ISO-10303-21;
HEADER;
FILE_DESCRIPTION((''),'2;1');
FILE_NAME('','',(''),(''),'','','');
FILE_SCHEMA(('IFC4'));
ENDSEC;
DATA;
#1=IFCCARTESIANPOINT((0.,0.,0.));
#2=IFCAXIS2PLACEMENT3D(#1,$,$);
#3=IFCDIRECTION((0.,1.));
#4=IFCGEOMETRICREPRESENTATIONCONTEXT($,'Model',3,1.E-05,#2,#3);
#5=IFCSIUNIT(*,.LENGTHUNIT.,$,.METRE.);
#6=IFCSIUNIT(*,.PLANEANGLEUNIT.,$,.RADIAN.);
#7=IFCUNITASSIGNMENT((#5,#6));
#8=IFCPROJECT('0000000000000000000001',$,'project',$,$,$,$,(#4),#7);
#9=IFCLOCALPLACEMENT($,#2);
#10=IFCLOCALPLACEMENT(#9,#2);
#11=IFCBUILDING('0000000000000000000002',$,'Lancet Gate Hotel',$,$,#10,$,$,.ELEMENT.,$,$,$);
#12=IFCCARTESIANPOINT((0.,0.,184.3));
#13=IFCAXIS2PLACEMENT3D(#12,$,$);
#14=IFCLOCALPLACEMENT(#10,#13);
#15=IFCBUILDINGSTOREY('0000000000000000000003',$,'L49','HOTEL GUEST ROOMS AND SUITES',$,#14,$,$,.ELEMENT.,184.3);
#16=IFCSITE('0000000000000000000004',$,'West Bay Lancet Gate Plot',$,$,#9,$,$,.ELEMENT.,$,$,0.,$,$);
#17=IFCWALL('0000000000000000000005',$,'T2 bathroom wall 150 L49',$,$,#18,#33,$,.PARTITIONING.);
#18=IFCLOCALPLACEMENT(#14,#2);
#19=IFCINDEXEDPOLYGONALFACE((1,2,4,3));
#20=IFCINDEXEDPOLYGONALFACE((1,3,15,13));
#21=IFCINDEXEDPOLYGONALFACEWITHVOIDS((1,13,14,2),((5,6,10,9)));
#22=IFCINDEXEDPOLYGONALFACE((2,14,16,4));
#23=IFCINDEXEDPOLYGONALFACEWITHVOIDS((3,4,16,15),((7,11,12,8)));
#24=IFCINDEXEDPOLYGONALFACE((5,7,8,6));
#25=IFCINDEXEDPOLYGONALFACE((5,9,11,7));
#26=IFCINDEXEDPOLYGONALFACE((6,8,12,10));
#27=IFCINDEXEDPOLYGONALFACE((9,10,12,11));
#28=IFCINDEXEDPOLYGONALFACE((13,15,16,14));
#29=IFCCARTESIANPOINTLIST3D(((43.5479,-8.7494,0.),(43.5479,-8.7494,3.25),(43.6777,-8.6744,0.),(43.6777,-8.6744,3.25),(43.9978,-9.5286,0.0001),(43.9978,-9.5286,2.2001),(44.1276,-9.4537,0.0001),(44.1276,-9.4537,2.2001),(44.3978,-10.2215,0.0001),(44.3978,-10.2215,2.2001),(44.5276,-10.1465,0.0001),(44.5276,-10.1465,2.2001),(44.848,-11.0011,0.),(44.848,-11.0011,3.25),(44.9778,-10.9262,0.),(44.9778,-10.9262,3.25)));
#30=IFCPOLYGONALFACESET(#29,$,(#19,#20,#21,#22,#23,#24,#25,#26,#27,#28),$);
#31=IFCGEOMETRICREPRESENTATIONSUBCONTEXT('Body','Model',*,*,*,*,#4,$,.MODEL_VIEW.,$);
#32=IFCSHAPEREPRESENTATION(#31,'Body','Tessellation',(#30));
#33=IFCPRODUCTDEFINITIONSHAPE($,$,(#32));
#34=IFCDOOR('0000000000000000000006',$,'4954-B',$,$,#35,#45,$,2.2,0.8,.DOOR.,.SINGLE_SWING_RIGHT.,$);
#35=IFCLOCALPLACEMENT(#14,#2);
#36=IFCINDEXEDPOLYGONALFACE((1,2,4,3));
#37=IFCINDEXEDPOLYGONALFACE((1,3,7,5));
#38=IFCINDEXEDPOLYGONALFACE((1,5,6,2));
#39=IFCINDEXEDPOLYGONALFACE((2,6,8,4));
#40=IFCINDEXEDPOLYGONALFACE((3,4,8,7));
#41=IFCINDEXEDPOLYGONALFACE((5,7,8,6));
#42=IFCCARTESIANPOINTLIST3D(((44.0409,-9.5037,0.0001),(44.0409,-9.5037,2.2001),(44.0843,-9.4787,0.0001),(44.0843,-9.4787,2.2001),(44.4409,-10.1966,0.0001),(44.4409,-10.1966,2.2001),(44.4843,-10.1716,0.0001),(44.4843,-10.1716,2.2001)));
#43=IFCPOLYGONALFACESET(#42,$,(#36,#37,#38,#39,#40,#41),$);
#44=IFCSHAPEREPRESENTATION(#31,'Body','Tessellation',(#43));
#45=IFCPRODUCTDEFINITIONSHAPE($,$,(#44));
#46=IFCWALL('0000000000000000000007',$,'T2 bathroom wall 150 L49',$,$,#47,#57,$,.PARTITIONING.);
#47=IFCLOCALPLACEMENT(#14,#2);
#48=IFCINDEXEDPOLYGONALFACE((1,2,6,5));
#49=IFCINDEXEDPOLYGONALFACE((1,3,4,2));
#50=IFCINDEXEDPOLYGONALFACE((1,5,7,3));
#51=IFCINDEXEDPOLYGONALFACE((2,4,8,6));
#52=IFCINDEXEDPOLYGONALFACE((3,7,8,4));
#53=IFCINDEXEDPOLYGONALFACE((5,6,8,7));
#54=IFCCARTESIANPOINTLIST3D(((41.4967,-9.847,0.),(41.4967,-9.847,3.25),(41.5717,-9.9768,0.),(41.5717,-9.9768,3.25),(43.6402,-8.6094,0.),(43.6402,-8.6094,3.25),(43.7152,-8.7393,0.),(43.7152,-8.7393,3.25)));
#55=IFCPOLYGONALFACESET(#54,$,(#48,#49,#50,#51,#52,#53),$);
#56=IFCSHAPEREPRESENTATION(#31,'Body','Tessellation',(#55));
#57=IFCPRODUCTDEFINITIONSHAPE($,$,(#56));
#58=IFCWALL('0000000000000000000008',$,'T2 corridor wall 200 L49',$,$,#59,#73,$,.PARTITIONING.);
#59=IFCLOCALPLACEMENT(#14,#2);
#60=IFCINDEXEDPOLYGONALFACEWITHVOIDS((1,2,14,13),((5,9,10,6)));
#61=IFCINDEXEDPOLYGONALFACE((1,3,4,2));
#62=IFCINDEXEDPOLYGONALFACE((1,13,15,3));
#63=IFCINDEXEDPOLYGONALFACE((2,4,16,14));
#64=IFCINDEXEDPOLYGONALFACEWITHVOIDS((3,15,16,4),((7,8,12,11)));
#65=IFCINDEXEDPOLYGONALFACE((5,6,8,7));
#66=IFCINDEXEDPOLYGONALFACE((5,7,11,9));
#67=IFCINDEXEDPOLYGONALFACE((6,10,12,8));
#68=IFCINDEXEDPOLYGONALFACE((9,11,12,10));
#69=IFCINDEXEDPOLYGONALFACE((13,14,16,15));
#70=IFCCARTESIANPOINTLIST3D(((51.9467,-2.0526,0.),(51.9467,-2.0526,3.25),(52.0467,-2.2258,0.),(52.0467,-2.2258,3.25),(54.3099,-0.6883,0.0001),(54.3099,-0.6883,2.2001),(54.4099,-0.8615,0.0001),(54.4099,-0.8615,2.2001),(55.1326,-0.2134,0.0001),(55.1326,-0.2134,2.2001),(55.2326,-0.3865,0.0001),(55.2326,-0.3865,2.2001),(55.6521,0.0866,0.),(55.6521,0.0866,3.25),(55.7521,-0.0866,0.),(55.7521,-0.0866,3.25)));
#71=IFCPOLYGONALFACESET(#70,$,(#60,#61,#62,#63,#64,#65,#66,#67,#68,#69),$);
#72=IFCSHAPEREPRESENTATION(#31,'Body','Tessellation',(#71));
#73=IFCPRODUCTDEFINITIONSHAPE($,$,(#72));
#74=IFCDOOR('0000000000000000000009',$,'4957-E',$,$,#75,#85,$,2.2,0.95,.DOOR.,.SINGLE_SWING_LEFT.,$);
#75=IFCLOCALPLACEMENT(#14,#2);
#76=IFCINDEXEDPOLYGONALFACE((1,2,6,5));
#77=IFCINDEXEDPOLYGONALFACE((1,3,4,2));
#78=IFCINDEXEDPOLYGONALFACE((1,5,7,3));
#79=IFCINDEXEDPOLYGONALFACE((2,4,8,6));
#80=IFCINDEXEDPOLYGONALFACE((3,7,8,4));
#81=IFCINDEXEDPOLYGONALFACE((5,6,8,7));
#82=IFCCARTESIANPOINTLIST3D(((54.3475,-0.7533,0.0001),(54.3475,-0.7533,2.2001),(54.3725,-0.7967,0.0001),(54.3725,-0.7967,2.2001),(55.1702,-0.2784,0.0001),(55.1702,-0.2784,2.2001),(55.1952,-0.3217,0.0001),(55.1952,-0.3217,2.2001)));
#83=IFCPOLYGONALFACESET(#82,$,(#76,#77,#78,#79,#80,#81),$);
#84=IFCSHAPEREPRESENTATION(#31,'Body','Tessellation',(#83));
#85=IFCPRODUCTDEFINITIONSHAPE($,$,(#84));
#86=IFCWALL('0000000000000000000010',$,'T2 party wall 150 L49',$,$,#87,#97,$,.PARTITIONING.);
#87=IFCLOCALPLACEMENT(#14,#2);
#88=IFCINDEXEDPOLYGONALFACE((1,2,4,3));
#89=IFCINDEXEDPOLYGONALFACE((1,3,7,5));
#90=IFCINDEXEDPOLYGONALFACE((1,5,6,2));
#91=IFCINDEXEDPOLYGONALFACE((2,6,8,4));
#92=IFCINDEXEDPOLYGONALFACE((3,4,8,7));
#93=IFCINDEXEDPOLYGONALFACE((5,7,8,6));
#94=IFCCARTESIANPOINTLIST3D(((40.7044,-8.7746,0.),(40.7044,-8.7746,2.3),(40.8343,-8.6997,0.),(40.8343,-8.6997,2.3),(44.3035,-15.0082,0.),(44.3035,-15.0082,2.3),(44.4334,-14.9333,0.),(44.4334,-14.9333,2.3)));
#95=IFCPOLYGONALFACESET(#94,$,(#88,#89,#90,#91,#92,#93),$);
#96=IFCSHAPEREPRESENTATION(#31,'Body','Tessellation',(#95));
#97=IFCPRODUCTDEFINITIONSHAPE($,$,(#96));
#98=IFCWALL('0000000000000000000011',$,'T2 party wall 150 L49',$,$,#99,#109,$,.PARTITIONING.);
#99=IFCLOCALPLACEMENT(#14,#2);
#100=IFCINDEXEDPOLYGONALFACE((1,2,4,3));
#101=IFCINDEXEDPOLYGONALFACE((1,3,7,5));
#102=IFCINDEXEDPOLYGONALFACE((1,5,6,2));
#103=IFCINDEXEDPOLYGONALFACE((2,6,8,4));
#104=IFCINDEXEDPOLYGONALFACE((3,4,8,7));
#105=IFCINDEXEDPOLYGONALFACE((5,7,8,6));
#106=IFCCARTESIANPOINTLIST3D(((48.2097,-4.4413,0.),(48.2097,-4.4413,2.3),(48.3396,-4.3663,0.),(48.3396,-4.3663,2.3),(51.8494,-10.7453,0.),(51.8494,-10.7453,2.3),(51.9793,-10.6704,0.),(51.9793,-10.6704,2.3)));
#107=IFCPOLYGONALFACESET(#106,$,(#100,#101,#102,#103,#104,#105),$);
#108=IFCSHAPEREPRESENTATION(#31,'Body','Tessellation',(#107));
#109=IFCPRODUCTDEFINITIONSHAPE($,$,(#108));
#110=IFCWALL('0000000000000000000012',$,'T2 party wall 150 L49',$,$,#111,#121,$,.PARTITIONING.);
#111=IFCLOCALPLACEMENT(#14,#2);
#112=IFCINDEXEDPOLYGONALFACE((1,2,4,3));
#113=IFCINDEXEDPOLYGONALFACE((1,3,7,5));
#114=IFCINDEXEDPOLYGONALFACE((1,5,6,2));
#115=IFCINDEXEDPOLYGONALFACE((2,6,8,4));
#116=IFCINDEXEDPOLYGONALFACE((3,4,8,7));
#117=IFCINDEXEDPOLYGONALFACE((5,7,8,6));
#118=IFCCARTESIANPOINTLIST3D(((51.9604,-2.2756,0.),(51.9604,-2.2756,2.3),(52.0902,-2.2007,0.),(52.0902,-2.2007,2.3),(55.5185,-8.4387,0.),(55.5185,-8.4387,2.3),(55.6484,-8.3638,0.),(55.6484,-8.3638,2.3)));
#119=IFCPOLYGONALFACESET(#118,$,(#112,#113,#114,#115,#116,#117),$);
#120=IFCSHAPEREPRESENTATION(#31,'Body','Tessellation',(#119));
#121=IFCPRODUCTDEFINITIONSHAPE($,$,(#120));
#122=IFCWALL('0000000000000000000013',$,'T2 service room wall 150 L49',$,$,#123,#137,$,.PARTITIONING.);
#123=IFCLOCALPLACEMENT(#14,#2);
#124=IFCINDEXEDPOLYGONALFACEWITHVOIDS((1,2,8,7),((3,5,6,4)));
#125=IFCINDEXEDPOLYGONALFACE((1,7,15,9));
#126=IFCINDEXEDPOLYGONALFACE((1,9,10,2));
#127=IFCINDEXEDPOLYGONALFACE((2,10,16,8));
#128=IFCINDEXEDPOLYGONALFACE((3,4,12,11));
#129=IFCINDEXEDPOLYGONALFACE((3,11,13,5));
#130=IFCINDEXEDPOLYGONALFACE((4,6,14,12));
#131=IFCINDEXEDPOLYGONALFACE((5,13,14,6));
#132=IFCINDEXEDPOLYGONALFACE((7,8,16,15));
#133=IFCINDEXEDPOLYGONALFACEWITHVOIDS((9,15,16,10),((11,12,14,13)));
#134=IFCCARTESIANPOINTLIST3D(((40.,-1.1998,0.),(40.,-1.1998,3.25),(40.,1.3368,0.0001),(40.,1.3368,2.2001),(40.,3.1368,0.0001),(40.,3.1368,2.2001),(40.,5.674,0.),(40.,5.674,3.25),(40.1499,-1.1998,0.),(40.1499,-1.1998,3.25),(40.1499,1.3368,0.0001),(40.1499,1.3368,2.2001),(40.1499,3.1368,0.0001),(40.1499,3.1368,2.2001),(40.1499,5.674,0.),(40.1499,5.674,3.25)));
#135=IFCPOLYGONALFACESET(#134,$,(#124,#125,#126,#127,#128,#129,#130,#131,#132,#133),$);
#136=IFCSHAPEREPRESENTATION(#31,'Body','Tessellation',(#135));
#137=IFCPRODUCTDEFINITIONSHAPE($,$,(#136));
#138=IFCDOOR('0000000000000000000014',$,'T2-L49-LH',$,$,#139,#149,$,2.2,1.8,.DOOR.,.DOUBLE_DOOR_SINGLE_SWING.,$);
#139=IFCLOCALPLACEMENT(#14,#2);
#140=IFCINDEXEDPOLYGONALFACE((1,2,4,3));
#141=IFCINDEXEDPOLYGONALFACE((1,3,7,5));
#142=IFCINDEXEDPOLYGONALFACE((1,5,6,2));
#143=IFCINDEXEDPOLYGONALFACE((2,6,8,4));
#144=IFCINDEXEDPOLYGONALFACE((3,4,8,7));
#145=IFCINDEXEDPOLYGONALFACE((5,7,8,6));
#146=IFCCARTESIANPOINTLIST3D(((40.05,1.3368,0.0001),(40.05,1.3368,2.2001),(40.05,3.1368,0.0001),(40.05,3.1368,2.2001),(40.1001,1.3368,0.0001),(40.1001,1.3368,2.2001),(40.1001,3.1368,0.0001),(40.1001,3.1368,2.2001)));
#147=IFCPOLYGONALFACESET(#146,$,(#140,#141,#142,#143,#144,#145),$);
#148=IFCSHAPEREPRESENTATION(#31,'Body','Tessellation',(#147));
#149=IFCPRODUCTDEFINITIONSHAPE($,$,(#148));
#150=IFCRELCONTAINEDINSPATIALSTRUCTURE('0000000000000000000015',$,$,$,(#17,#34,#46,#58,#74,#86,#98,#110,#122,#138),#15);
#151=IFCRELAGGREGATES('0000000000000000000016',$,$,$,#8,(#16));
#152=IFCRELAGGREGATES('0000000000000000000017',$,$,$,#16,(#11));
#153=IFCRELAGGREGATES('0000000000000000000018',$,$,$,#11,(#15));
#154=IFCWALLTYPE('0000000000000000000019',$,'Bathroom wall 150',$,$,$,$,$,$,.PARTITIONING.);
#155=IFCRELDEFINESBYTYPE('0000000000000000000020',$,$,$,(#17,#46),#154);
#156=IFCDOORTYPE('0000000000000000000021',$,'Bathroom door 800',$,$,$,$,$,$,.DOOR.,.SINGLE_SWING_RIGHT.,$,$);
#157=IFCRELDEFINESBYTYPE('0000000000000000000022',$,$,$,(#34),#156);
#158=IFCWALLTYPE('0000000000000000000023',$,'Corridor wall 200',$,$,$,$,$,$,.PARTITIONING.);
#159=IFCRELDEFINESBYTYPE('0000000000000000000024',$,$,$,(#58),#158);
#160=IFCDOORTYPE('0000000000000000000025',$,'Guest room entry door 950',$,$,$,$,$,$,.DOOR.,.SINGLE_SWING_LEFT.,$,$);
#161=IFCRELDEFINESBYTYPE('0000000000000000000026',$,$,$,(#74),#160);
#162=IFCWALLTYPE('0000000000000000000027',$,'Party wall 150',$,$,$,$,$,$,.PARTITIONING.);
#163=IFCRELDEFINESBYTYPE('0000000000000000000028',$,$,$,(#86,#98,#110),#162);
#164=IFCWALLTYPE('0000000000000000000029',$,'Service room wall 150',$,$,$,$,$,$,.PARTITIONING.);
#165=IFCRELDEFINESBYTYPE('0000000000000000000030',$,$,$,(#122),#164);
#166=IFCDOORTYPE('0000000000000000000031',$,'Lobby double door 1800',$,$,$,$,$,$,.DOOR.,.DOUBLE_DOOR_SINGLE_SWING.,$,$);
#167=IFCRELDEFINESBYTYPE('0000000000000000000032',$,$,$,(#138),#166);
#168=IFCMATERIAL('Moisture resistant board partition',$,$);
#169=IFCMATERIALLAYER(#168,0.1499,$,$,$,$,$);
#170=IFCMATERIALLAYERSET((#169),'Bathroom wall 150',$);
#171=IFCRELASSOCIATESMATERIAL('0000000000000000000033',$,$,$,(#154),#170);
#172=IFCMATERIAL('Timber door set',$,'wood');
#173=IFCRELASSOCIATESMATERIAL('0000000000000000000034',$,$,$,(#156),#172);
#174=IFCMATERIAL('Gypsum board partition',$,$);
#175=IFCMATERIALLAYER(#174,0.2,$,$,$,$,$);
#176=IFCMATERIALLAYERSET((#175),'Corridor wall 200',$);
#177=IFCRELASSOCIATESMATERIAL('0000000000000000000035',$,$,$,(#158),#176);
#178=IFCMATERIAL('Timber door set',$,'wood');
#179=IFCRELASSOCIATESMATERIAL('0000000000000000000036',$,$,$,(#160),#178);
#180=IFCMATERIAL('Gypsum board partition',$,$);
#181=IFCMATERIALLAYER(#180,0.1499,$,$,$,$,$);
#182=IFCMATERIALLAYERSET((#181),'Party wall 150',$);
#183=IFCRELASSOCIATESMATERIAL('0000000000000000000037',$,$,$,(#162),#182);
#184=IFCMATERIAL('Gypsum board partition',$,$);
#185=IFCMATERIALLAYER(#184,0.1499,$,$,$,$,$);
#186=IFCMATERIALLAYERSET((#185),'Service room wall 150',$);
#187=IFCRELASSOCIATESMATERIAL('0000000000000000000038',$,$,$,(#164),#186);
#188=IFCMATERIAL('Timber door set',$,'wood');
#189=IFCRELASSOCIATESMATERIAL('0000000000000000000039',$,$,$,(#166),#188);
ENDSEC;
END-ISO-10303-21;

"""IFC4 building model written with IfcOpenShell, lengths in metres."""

from ifc_helpers import new_model, si_unit, direction, frame, frame_2d, origin, place, context, subcontext, project, spatial, rectangle, extrude, material, layer, layer_set, type_object, element, fill, save


model = new_model("IFC4")

# Units and contexts
model_context = context("Model", 3, precision=1e-05, world=origin(), true_north=direction((0.0, 1.0)))
body_context = subcontext(model_context, "Body", "Model", "MODEL_VIEW")
ifc_project = project(units=[si_unit("LENGTHUNIT", "METRE"), si_unit("PLANEANGLEUNIT", "RADIAN")], contexts=[model_context])

# Site, building, storey
site_placement = place(None, origin())
site = spatial("IfcSite", under=ifc_project, at=site_placement, Name="West Bay Lancet Gate Plot", CompositionType="ELEMENT", RefElevation=0.0)
building_placement = place(site_placement, origin())
building = spatial("IfcBuilding", under=site, at=building_placement, Name="Lancet Gate Hotel", CompositionType="ELEMENT")
storey_placement = place(building_placement, frame((0.0, 0.0, 184.3)))
storey = spatial("IfcBuildingStorey", under=building, at=storey_placement, Name="L49", Description="HOTEL GUEST ROOMS AND SUITES", CompositionType="ELEMENT", Elevation=184.3)

# Shared definitions
ifc_material_1 = material(Name="Moisture resistant board partition")
ifc_layer_1 = layer(ifc_material_1, 0.1499)
ifc_layer_set_1 = layer_set([ifc_layer_1], Name="Bathroom wall 150")
wall_type_1 = type_object("IfcWallType", Name="Bathroom wall 150", PredefinedType="PARTITIONING", material=ifc_layer_set_1)

# Wall, opening, door
wall_1_placement = place(storey_placement, frame((43.6128, -8.7119, 0.0), z_axis=(0.0, 0.0, 1.0), x_axis=(0.500007, -0.866021, 0.0)))
wall_1 = element("IfcWall", 1, at=wall_1_placement, inside=storey, type_object=wall_type_1, Name="T2 bathroom wall 150 L49", PredefinedType="PARTITIONING", context=body_context, shape_type="SweptSolid", body=[
    extrude(rectangle(XDim=2.6001, YDim=0.1499, at=frame_2d((1.3, 0.0))), origin(), (0.0, 0.0, 1.0), 3.25),
])
opening_1_placement = place(wall_1_placement, frame((0.8999, 0.0, 0.0)))
opening_1 = element("IfcOpeningElement", 2, at=opening_1_placement, cuts=wall_1, PredefinedType="OPENING", context=body_context, shape_type="SweptSolid", body=[
    extrude(rectangle(XDim=0.8, YDim=2.2, at=frame_2d((0.3999, 1.1001))), frame((0.0, 0.085, 0.0), z_axis=(0.0, -1.0, 0.0), x_axis=(1.0, 0.0, 0.0)), (0.0, 0.0, 1.0), 0.1699),
])
ifc_material_2 = material(Name="Timber door set", Category="wood")
door_type_1 = type_object("IfcDoorType", Name="Bathroom door 800", OperationType="SINGLE_SWING_RIGHT", PredefinedType="DOOR", material=ifc_material_2)
door_1_placement = place(opening_1_placement, origin())
door_1 = element("IfcDoor", 3, at=door_1_placement, inside=storey, type_object=door_type_1, Name="4954-B", OperationType="SINGLE_SWING_RIGHT", OverallHeight=2.2, OverallWidth=0.8, PredefinedType="DOOR", context=body_context, shape_type="SweptSolid", body=[
    extrude(rectangle(XDim=0.8, YDim=2.2, at=frame_2d((0.3999, 1.1001))), frame((0.0, 0.0249, 0.0), z_axis=(0.0, -1.0, 0.0), x_axis=(1.0, 0.0, 0.0)), (0.0, 0.0, 1.0), 0.05),
])
fill(opening_1, door_1)

# Wall
wall_2_placement = place(storey_placement, frame((41.5342, -9.9119, 0.0), z_axis=(0.0, 0.0, 1.0), x_axis=(0.866031, 0.49999, 0.0)))
element("IfcWall", 4, at=wall_2_placement, inside=storey, type_object=wall_type_1, Name="T2 bathroom wall 150 L49", PredefinedType="PARTITIONING", context=body_context, shape_type="SweptSolid", body=[
    extrude(rectangle(XDim=2.4751, YDim=0.1499, at=frame_2d((1.2375, 0.0))), origin(), (0.0, 0.0, 1.0), 3.25),
])

# Wall, opening, door
ifc_material_3 = material(Name="Gypsum board partition")
ifc_layer_2 = layer(ifc_material_3, 0.2)
ifc_layer_set_2 = layer_set([ifc_layer_2], Name="Corridor wall 200")
wall_type_2 = type_object("IfcWallType", Name="Corridor wall 200", PredefinedType="PARTITIONING", material=ifc_layer_set_2)
wall_3_placement = place(storey_placement, frame((51.9968, -2.1392, 0.0), z_axis=(0.0, 0.0, 1.0), x_axis=(0.866036, 0.499981, 0.0)))
wall_3 = element("IfcWall", 5, at=wall_3_placement, inside=storey, type_object=wall_type_2, Name="T2 corridor wall 200 L49", PredefinedType="PARTITIONING", context=body_context, shape_type="SweptSolid", body=[
    extrude(rectangle(XDim=4.2786, YDim=0.2, at=frame_2d((2.1392, 0.0))), origin(), (0.0, 0.0, 1.0), 3.25),
])
opening_2_placement = place(wall_3_placement, frame((2.7285, 0.0, 0.0)))
opening_2 = element("IfcOpeningElement", 6, at=opening_2_placement, cuts=wall_3, PredefinedType="OPENING", context=body_context, shape_type="SweptSolid", body=[
    extrude(rectangle(XDim=0.95, YDim=2.2, at=frame_2d((0.4751, 1.1001))), frame((0.0, 0.1099, 0.0), z_axis=(0.0, -1.0, 0.0), x_axis=(1.0, 0.0, 0.0)), (0.0, 0.0, 1.0), 0.22),
])
ifc_material_4 = material(Name="Timber door set", Category="wood")
door_type_2 = type_object("IfcDoorType", Name="Guest room entry door 950", OperationType="SINGLE_SWING_LEFT", PredefinedType="DOOR", material=ifc_material_4)
door_2_placement = place(opening_2_placement, origin())
door_2 = element("IfcDoor", 7, at=door_2_placement, inside=storey, type_object=door_type_2, Name="4957-E", OperationType="SINGLE_SWING_LEFT", OverallHeight=2.2, OverallWidth=0.95, PredefinedType="DOOR", context=body_context, shape_type="SweptSolid", body=[
    extrude(rectangle(XDim=0.95, YDim=2.2, at=frame_2d((0.4751, 1.1001))), frame((0.0, 0.0249, 0.0), z_axis=(0.0, -1.0, 0.0), x_axis=(1.0, 0.0, 0.0)), (0.0, 0.0, 1.0), 0.05),
])
fill(opening_2, door_2)

# Walls
ifc_material_5 = material(Name="Gypsum board partition")
ifc_layer_3 = layer(ifc_material_5, 0.1499)
ifc_layer_set_3 = layer_set([ifc_layer_3], Name="Party wall 150")
wall_type_3 = type_object("IfcWallType", Name="Party wall 150", PredefinedType="PARTITIONING", material=ifc_layer_set_3)
wall_4_placement = place(storey_placement, frame((40.7693, -8.7371, 0.0), z_axis=(0.0, 0.0, 1.0), x_axis=(0.500013, -0.866018, 0.0)))
element("IfcWall", 8, at=wall_4_placement, inside=storey, type_object=wall_type_3, Name="T2 party wall 150 L49", PredefinedType="PARTITIONING", context=body_context, shape_type="SweptSolid", body=[
    extrude(rectangle(XDim=7.198, YDim=0.1499, at=frame_2d((3.5991, 0.0))), origin(), (0.0, 0.0, 1.0), 2.3),
])
wall_5_placement = place(storey_placement, frame((48.2747, -4.4038, 0.0), z_axis=(0.0, 0.0, 1.0), x_axis=(0.500006, -0.866022, 0.0)))
element("IfcWall", 9, at=wall_5_placement, inside=storey, type_object=wall_type_3, Name="T2 party wall 150 L49", PredefinedType="PARTITIONING", context=body_context, shape_type="SweptSolid", body=[
    extrude(rectangle(XDim=7.2793, YDim=0.1499, at=frame_2d((3.6396, 0.0))), origin(), (0.0, 0.0, 1.0), 2.3),
])
wall_6_placement = place(storey_placement, frame((52.0254, -2.2383, 0.0), z_axis=(0.0, 0.0, 1.0), x_axis=(0.499984, -0.866035, 0.0)))
element("IfcWall", 10, at=wall_6_placement, inside=storey, type_object=wall_type_3, Name="T2 party wall 150 L49", PredefinedType="PARTITIONING", context=body_context, shape_type="SweptSolid", body=[
    extrude(rectangle(XDim=7.1165, YDim=0.1499, at=frame_2d((3.5581, 0.0))), origin(), (0.0, 0.0, 1.0), 2.3),
])

# Wall, opening, door
ifc_material_6 = material(Name="Gypsum board partition")
ifc_layer_4 = layer(ifc_material_6, 0.1499)
ifc_layer_set_4 = layer_set([ifc_layer_4], Name="Service room wall 150")
wall_type_4 = type_object("IfcWallType", Name="Service room wall 150", PredefinedType="PARTITIONING", material=ifc_layer_set_4)
wall_7_placement = place(storey_placement, frame((40.075, -1.2, 0.0), z_axis=(0.0, 0.0, 1.0), x_axis=(0.0, 1.0, 0.0)))
wall_7 = element("IfcWall", 11, at=wall_7_placement, inside=storey, type_object=wall_type_4, Name="T2 service room wall 150 L49", PredefinedType="PARTITIONING", context=body_context, shape_type="SweptSolid", body=[
    extrude(rectangle(XDim=6.8738, YDim=0.1499, at=frame_2d((3.437, 0.0))), origin(), (0.0, 0.0, 1.0), 3.25),
])
opening_3_placement = place(wall_7_placement, frame((2.5369, 0.0, 0.0)))
opening_3 = element("IfcOpeningElement", 12, at=opening_3_placement, cuts=wall_7, PredefinedType="OPENING", context=body_context, shape_type="SweptSolid", body=[
    extrude(rectangle(XDim=1.8, YDim=2.2, at=frame_2d((0.8999, 1.1001))), frame((0.0, 0.085, 0.0), z_axis=(0.0, -1.0, 0.0), x_axis=(1.0, 0.0, 0.0)), (0.0, 0.0, 1.0), 0.1699),
])
ifc_material_7 = material(Name="Timber door set", Category="wood")
door_type_3 = type_object("IfcDoorType", Name="Lobby double door 1800", OperationType="DOUBLE_DOOR_SINGLE_SWING", PredefinedType="DOOR", material=ifc_material_7)
door_3_placement = place(opening_3_placement, origin())
door_3 = element("IfcDoor", 13, at=door_3_placement, inside=storey, type_object=door_type_3, Name="T2-L49-LH", OperationType="DOUBLE_DOOR_SINGLE_SWING", OverallHeight=2.2, OverallWidth=1.8, PredefinedType="DOOR", context=body_context, shape_type="SweptSolid", body=[
    extrude(rectangle(XDim=1.8, YDim=2.2, at=frame_2d((0.8999, 1.1001))), frame((0.0, 0.0249, 0.0), z_axis=(0.0, -1.0, 0.0), x_axis=(1.0, 0.0, 0.0)), (0.0, 0.0, 1.0), 0.05),
])
fill(opening_3, door_3)

save(model, "model.ifc")
